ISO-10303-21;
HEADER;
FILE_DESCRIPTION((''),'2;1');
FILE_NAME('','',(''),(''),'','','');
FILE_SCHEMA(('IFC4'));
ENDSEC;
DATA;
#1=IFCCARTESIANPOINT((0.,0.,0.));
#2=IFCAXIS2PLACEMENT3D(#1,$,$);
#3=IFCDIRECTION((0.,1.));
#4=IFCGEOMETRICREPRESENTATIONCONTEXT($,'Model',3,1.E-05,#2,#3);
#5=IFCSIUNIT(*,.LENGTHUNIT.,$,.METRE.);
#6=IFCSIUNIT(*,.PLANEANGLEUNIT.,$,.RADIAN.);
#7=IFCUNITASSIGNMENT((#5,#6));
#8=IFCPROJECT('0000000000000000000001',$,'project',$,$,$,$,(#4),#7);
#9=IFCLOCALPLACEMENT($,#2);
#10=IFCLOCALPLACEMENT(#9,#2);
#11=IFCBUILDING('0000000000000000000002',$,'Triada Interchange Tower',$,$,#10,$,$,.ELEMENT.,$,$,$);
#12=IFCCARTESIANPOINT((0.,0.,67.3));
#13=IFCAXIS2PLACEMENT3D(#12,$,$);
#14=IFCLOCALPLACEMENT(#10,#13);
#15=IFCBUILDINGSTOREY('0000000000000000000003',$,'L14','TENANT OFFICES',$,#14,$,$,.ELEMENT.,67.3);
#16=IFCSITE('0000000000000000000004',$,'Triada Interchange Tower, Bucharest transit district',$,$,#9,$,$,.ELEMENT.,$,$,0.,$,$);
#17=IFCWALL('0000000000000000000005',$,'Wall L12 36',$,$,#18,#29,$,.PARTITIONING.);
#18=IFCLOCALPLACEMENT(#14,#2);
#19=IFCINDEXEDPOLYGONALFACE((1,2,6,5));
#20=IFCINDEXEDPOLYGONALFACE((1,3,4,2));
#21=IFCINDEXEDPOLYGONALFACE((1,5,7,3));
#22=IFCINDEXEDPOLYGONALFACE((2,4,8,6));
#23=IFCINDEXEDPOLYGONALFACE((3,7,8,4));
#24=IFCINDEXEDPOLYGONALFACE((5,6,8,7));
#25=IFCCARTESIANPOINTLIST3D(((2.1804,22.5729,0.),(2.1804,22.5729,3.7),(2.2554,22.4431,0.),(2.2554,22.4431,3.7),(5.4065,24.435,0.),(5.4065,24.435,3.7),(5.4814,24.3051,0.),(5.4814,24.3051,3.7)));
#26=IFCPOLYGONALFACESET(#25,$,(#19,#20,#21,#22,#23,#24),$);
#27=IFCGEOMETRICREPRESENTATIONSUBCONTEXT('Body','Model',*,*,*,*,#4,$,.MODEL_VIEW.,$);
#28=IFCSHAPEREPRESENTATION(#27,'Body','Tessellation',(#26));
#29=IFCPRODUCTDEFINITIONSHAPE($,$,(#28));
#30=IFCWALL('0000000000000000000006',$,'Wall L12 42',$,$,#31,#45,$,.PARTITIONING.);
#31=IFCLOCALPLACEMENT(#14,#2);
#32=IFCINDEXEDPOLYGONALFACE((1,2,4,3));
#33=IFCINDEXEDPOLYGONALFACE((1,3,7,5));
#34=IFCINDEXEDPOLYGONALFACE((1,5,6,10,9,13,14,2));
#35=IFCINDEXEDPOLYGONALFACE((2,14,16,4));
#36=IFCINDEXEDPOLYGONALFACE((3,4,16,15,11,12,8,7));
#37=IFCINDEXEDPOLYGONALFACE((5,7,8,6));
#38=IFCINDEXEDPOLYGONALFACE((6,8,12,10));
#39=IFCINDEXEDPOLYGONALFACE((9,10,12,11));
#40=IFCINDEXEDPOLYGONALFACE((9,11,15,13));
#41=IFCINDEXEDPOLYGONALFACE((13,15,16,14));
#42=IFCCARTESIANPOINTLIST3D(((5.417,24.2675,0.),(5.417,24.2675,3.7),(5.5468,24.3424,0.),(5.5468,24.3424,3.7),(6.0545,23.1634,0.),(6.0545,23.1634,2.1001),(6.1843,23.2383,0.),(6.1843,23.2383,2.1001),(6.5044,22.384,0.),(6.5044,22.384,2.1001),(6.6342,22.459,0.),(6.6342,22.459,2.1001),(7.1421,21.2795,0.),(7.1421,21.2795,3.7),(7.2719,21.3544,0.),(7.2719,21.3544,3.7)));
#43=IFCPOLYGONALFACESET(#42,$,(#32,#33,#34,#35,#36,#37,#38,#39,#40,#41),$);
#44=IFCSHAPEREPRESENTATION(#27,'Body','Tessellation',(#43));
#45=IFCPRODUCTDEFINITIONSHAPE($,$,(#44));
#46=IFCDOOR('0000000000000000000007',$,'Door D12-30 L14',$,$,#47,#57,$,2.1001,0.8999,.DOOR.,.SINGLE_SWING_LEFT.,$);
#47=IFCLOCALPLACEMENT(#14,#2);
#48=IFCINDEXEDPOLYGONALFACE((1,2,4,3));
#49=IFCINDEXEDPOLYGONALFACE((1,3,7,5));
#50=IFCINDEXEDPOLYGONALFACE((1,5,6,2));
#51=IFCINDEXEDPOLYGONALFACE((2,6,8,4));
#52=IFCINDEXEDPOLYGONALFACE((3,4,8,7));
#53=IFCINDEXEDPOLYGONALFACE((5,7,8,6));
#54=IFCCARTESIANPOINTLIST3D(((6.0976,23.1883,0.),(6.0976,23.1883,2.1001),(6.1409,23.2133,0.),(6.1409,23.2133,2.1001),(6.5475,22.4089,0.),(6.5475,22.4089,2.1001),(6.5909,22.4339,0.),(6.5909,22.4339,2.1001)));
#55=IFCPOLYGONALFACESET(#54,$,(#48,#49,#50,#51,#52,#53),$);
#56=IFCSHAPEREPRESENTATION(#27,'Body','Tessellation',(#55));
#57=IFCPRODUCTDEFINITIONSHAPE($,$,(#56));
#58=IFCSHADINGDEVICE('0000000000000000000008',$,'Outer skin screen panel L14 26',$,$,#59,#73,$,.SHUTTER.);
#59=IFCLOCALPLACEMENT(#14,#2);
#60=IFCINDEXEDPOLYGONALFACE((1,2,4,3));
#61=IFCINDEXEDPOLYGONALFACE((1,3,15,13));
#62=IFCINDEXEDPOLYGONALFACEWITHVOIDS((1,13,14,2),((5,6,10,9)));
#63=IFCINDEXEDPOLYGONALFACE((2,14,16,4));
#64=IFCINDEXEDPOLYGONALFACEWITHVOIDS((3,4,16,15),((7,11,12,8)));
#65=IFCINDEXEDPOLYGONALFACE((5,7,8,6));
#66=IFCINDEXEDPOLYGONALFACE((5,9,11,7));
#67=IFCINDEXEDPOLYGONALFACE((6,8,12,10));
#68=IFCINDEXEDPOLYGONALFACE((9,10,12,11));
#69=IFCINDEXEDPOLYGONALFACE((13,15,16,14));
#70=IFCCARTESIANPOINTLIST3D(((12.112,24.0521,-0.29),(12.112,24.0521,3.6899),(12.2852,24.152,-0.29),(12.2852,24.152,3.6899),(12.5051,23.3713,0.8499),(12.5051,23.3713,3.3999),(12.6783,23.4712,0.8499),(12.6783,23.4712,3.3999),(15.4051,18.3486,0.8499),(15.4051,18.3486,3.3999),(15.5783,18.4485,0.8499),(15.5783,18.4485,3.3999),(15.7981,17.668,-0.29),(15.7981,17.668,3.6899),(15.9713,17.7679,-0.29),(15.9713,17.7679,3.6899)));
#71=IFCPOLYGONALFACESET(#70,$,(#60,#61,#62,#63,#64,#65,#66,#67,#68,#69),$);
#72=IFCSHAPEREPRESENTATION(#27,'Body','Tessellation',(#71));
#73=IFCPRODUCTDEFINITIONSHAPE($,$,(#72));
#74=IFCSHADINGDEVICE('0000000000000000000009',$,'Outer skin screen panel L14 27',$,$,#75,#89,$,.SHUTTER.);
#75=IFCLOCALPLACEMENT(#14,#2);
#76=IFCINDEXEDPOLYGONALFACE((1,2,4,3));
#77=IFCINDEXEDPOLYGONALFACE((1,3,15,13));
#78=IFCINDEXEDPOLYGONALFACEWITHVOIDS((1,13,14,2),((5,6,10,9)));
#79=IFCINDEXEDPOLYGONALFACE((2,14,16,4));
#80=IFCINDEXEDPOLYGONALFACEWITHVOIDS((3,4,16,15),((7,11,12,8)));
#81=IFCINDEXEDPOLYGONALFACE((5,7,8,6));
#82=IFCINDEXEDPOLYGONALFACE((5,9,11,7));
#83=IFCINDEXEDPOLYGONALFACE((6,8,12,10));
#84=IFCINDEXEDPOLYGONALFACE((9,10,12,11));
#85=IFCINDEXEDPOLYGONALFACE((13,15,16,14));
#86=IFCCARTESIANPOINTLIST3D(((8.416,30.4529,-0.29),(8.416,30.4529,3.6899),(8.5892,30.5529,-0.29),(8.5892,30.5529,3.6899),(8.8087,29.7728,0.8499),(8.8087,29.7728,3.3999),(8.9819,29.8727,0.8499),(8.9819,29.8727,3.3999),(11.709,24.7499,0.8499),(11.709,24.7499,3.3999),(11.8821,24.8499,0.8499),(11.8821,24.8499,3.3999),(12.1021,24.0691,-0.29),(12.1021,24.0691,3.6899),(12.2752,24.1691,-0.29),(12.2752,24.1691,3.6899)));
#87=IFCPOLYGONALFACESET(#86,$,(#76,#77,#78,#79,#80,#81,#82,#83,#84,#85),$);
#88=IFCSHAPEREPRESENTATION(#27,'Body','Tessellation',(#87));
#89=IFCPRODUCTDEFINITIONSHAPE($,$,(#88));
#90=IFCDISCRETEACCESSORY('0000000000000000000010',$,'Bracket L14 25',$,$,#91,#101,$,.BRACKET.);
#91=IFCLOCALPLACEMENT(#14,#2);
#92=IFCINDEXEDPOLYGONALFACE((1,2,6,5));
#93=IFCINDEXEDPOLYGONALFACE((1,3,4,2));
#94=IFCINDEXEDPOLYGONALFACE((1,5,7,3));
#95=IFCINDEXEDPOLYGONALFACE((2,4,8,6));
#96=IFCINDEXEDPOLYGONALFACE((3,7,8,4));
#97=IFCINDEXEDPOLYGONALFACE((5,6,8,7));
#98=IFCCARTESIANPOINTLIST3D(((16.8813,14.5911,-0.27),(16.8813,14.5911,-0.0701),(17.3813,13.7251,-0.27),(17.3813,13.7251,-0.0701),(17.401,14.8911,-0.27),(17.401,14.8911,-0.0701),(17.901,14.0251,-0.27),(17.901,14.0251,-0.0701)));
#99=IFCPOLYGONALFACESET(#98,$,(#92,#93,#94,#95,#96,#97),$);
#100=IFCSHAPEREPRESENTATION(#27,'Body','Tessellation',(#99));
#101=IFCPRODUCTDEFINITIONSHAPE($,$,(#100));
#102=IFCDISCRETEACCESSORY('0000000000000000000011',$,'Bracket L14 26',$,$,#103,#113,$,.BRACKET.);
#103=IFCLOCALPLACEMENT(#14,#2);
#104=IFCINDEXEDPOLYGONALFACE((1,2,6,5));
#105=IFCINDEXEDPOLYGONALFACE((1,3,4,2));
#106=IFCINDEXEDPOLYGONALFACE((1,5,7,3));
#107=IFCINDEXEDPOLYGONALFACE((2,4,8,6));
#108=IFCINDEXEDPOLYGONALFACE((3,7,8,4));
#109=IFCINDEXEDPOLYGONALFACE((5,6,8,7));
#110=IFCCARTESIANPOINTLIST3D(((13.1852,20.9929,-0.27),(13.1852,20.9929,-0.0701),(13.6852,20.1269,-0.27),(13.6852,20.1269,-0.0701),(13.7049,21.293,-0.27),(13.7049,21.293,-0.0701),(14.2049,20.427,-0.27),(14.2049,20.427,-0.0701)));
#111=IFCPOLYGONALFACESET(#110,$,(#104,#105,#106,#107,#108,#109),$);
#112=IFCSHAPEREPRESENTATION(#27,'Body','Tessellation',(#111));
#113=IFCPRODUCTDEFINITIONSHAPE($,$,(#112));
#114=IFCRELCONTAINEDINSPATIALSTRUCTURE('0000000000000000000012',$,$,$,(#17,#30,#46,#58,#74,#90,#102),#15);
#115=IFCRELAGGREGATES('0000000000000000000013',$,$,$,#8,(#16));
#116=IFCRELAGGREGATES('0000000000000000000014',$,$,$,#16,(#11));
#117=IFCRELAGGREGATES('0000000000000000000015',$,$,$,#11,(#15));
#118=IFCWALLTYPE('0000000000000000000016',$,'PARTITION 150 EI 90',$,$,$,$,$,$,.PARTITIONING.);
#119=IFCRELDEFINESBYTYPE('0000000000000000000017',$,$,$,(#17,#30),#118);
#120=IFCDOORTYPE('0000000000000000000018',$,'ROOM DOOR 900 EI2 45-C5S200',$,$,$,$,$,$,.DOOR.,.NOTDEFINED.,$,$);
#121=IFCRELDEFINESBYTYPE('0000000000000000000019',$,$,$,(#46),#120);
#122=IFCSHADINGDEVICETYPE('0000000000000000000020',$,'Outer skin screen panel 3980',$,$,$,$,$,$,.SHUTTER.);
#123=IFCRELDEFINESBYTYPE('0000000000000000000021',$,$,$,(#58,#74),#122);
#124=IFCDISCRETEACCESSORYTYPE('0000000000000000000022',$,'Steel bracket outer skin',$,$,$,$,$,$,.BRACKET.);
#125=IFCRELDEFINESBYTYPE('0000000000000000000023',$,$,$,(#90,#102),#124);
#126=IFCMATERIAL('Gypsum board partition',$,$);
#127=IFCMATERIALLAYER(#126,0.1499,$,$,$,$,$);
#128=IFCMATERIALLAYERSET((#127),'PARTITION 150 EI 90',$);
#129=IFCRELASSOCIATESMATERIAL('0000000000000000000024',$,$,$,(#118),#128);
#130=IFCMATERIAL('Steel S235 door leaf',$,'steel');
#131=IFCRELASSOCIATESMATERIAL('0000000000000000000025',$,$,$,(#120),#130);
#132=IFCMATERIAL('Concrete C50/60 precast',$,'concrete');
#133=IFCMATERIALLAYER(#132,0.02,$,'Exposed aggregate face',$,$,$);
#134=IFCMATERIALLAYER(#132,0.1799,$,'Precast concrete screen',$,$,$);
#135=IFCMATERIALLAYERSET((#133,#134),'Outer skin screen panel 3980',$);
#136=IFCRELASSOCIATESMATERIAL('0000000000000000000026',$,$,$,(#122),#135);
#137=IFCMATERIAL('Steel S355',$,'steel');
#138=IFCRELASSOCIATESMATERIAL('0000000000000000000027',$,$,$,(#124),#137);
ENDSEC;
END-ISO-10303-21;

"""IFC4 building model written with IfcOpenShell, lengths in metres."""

from ifc_helpers import new_model, si_unit, direction, frame, frame_2d, origin, origin_2d, place, context, subcontext, project, spatial, polyline, rectangle, outline, extrude, material, layer, layer_set, type_object, element, fill, save


model = new_model("IFC4")

# Units and contexts
model_context = context("Model", 3, precision=1e-05, world=origin(), true_north=direction((0.0, 1.0)))
body_context = subcontext(model_context, "Body", "Model", "MODEL_VIEW")
ifc_project = project(units=[si_unit("LENGTHUNIT", "METRE"), si_unit("PLANEANGLEUNIT", "RADIAN")], contexts=[model_context])

# Site, building, storey
site_placement = place(None, origin())
site = spatial("IfcSite", under=ifc_project, at=site_placement, Name="Triada Interchange Tower, Bucharest transit district", CompositionType="ELEMENT", RefElevation=0.0)
building_placement = place(site_placement, origin())
building = spatial("IfcBuilding", under=site, at=building_placement, Name="Triada Interchange Tower", CompositionType="ELEMENT")
storey_placement = place(building_placement, frame((0.0, 0.0, 67.3)))
storey = spatial("IfcBuildingStorey", under=building, at=storey_placement, Name="L14", Description="TENANT OFFICES", CompositionType="ELEMENT", Elevation=67.3)

# Shared definitions
ifc_material_1 = material(Name="Steel S235 door leaf", Category="steel")

# Shared definitions
ifc_material_2 = material(Name="Gypsum board partition")

# Wall
ifc_layer_1 = layer(ifc_material_2, 0.1499)
ifc_layer_set_1 = layer_set([ifc_layer_1], Name="PARTITION 150 EI 90")
wall_type_1 = type_object("IfcWallType", Name="PARTITION 150 EI 90", PredefinedType="PARTITIONING", material=ifc_layer_set_1)
wall_1_placement = place(storey_placement, frame((2.218, 22.5081, 0.0), z_axis=(0.0, 0.0, 1.0), x_axis=(0.866085, 0.499896, 0.0)))
element("IfcWall", 1, at=wall_1_placement, inside=storey, type_object=wall_type_1, Name="Wall L12 36", PredefinedType="PARTITIONING", context=body_context, shape_type="SweptSolid", body=[
    extrude(rectangle(XDim=3.7249, YDim=0.1499, at=frame_2d((1.8623, 0.0))), origin(), (0.0, 0.0, 1.0), 3.7),
])

# Wall, opening, door
wall_2_placement = place(storey_placement, frame((5.4819, 24.3049, 0.0), z_axis=(0.0, 0.0, 1.0), x_axis=(0.49999, -0.866031, 0.0)))
wall_2 = element("IfcWall", 2, at=wall_2_placement, inside=storey, type_object=wall_type_1, Name="Wall L12 42", PredefinedType="PARTITIONING", context=body_context, shape_type="SweptSolid", body=[
    extrude(rectangle(XDim=3.4502, YDim=0.1499, at=frame_2d((1.7251, 0.0))), origin(), (0.0, 0.0, 1.0), 3.7),
])
opening_1_placement = place(wall_2_placement, frame((1.2749, 0.0, 0.0)))
opening_1 = element("IfcOpeningElement", 3, at=opening_1_placement, cuts=wall_2, PredefinedType="OPENING", context=body_context, shape_type="SweptSolid", body=[
    extrude(rectangle(XDim=0.8999, YDim=2.1001, at=frame_2d((0.45, 1.05))), frame((0.0, 0.085, 0.0), z_axis=(0.0, -1.0, 0.0), x_axis=(1.0, 0.0, 0.0)), (0.0, 0.0, 1.0), 0.1699),
])
door_type_1 = type_object("IfcDoorType", Name="ROOM DOOR 900 EI2 45-C5S200", OperationType="NOTDEFINED", PredefinedType="DOOR", material=ifc_material_1)
door_1_placement = place(opening_1_placement, origin())
door_1 = element("IfcDoor", 4, at=door_1_placement, inside=storey, type_object=door_type_1, Name="Door D12-30 L14", OperationType="SINGLE_SWING_LEFT", OverallHeight=2.1001, OverallWidth=0.8999, PredefinedType="DOOR", context=body_context, shape_type="SweptSolid", body=[
    extrude(rectangle(XDim=0.8999, YDim=2.1001, at=frame_2d((0.45, 1.05))), frame((0.0, 0.0249, 0.0), z_axis=(0.0, -1.0, 0.0), x_axis=(1.0, 0.0, 0.0)), (0.0, 0.0, 1.0), 0.05),
])
fill(opening_1, door_1)

# Shading devices
ifc_material_3 = material(Name="Concrete C50/60 precast", Category="concrete")
ifc_layer_2 = layer(ifc_material_3, 0.02, Name="Exposed aggregate face")
ifc_layer_3 = layer(ifc_material_3, 0.1799, Name="Precast concrete screen")
ifc_layer_set_2 = layer_set([ifc_layer_2, ifc_layer_3], Name="Outer skin screen panel 3980")
shading_device_type = type_object("IfcShadingDeviceType", Name="Outer skin screen panel 3980", PredefinedType="SHUTTER", material=ifc_layer_set_2)
shading_device_1_placement = place(storey_placement, frame((15.7981, 17.668, -0.29), z_axis=(0.0, 0.0, 1.0), x_axis=(-0.500022, 0.866013, 0.0)))
element("IfcShadingDevice", 5, at=shading_device_1_placement, inside=storey, type_object=shading_device_type, Name="Outer skin screen panel L14 26", PredefinedType="SHUTTER", context=body_context, shape_type="SweptSolid", body=[
    extrude(outline(polyline([(0.0, 0.0), (7.3718, 0.0), (7.3718, 3.98), (0.0, 3.98), (0.0, 0.0)]), holes=[polyline([(0.7859, 1.1399), (0.7859, 3.6899), (6.5857, 3.6899), (6.5857, 1.1399), (0.7859, 1.1399)])]), frame((0.0, 0.0, 0.0), z_axis=(0.0, -1.0, 0.0), x_axis=(1.0, 0.0, 0.0)), (0.0, 0.0, 1.0), 0.2),
])
shading_device_2_placement = place(storey_placement, frame((12.1021, 24.0691, -0.29), z_axis=(0.0, 0.0, 1.0), x_axis=(-0.500036, 0.866005, 0.0)))
element("IfcShadingDevice", 6, at=shading_device_2_placement, inside=storey, type_object=shading_device_type, Name="Outer skin screen panel L14 27", PredefinedType="SHUTTER", context=body_context, shape_type="SweptSolid", body=[
    extrude(outline(polyline([(0.0, 0.0), (7.3716, 0.0), (7.3716, 3.98), (0.0, 3.98), (0.0, 0.0)]), holes=[polyline([(0.7861, 1.1399), (0.7861, 3.6899), (6.5862, 3.6899), (6.5862, 1.1399), (0.7861, 1.1399)])]), frame((0.0, 0.0, 0.0), z_axis=(0.0, -1.0, 0.0), x_axis=(1.0, 0.0, 0.0)), (0.0, 0.0, 1.0), 0.2),
])

# Discrete accessories
ifc_material_4 = material(Name="Steel S355", Category="steel")
discrete_accessory_type = type_object("IfcDiscreteAccessoryType", Name="Steel bracket outer skin", PredefinedType="BRACKET", material=ifc_material_4)
for number, where, z_axis, x_axis, name in (
    (7, (17.3911, 14.3081, -0.27), (0.0, 0.0, 1.0), (0.866022, 0.500006, 0.0), "Bracket L14 25"),
    (8, (13.6951, 20.71, -0.27), (0.0, 0.0, 1.0), (0.866022, 0.500006, 0.0), "Bracket L14 26"),
):
    element("IfcDiscreteAccessory", number, at=place(storey_placement, frame(where, z_axis=z_axis, x_axis=x_axis)), inside=storey, type_object=discrete_accessory_type, Name=name, PredefinedType="BRACKET", context=body_context, shape_type="SweptSolid", body=[
        extrude(rectangle(XDim=0.6001, YDim=1.0, at=origin_2d()), origin(), (0.0, 0.0, 1.0), 0.2),
    ])

save(model, "model.ifc")
